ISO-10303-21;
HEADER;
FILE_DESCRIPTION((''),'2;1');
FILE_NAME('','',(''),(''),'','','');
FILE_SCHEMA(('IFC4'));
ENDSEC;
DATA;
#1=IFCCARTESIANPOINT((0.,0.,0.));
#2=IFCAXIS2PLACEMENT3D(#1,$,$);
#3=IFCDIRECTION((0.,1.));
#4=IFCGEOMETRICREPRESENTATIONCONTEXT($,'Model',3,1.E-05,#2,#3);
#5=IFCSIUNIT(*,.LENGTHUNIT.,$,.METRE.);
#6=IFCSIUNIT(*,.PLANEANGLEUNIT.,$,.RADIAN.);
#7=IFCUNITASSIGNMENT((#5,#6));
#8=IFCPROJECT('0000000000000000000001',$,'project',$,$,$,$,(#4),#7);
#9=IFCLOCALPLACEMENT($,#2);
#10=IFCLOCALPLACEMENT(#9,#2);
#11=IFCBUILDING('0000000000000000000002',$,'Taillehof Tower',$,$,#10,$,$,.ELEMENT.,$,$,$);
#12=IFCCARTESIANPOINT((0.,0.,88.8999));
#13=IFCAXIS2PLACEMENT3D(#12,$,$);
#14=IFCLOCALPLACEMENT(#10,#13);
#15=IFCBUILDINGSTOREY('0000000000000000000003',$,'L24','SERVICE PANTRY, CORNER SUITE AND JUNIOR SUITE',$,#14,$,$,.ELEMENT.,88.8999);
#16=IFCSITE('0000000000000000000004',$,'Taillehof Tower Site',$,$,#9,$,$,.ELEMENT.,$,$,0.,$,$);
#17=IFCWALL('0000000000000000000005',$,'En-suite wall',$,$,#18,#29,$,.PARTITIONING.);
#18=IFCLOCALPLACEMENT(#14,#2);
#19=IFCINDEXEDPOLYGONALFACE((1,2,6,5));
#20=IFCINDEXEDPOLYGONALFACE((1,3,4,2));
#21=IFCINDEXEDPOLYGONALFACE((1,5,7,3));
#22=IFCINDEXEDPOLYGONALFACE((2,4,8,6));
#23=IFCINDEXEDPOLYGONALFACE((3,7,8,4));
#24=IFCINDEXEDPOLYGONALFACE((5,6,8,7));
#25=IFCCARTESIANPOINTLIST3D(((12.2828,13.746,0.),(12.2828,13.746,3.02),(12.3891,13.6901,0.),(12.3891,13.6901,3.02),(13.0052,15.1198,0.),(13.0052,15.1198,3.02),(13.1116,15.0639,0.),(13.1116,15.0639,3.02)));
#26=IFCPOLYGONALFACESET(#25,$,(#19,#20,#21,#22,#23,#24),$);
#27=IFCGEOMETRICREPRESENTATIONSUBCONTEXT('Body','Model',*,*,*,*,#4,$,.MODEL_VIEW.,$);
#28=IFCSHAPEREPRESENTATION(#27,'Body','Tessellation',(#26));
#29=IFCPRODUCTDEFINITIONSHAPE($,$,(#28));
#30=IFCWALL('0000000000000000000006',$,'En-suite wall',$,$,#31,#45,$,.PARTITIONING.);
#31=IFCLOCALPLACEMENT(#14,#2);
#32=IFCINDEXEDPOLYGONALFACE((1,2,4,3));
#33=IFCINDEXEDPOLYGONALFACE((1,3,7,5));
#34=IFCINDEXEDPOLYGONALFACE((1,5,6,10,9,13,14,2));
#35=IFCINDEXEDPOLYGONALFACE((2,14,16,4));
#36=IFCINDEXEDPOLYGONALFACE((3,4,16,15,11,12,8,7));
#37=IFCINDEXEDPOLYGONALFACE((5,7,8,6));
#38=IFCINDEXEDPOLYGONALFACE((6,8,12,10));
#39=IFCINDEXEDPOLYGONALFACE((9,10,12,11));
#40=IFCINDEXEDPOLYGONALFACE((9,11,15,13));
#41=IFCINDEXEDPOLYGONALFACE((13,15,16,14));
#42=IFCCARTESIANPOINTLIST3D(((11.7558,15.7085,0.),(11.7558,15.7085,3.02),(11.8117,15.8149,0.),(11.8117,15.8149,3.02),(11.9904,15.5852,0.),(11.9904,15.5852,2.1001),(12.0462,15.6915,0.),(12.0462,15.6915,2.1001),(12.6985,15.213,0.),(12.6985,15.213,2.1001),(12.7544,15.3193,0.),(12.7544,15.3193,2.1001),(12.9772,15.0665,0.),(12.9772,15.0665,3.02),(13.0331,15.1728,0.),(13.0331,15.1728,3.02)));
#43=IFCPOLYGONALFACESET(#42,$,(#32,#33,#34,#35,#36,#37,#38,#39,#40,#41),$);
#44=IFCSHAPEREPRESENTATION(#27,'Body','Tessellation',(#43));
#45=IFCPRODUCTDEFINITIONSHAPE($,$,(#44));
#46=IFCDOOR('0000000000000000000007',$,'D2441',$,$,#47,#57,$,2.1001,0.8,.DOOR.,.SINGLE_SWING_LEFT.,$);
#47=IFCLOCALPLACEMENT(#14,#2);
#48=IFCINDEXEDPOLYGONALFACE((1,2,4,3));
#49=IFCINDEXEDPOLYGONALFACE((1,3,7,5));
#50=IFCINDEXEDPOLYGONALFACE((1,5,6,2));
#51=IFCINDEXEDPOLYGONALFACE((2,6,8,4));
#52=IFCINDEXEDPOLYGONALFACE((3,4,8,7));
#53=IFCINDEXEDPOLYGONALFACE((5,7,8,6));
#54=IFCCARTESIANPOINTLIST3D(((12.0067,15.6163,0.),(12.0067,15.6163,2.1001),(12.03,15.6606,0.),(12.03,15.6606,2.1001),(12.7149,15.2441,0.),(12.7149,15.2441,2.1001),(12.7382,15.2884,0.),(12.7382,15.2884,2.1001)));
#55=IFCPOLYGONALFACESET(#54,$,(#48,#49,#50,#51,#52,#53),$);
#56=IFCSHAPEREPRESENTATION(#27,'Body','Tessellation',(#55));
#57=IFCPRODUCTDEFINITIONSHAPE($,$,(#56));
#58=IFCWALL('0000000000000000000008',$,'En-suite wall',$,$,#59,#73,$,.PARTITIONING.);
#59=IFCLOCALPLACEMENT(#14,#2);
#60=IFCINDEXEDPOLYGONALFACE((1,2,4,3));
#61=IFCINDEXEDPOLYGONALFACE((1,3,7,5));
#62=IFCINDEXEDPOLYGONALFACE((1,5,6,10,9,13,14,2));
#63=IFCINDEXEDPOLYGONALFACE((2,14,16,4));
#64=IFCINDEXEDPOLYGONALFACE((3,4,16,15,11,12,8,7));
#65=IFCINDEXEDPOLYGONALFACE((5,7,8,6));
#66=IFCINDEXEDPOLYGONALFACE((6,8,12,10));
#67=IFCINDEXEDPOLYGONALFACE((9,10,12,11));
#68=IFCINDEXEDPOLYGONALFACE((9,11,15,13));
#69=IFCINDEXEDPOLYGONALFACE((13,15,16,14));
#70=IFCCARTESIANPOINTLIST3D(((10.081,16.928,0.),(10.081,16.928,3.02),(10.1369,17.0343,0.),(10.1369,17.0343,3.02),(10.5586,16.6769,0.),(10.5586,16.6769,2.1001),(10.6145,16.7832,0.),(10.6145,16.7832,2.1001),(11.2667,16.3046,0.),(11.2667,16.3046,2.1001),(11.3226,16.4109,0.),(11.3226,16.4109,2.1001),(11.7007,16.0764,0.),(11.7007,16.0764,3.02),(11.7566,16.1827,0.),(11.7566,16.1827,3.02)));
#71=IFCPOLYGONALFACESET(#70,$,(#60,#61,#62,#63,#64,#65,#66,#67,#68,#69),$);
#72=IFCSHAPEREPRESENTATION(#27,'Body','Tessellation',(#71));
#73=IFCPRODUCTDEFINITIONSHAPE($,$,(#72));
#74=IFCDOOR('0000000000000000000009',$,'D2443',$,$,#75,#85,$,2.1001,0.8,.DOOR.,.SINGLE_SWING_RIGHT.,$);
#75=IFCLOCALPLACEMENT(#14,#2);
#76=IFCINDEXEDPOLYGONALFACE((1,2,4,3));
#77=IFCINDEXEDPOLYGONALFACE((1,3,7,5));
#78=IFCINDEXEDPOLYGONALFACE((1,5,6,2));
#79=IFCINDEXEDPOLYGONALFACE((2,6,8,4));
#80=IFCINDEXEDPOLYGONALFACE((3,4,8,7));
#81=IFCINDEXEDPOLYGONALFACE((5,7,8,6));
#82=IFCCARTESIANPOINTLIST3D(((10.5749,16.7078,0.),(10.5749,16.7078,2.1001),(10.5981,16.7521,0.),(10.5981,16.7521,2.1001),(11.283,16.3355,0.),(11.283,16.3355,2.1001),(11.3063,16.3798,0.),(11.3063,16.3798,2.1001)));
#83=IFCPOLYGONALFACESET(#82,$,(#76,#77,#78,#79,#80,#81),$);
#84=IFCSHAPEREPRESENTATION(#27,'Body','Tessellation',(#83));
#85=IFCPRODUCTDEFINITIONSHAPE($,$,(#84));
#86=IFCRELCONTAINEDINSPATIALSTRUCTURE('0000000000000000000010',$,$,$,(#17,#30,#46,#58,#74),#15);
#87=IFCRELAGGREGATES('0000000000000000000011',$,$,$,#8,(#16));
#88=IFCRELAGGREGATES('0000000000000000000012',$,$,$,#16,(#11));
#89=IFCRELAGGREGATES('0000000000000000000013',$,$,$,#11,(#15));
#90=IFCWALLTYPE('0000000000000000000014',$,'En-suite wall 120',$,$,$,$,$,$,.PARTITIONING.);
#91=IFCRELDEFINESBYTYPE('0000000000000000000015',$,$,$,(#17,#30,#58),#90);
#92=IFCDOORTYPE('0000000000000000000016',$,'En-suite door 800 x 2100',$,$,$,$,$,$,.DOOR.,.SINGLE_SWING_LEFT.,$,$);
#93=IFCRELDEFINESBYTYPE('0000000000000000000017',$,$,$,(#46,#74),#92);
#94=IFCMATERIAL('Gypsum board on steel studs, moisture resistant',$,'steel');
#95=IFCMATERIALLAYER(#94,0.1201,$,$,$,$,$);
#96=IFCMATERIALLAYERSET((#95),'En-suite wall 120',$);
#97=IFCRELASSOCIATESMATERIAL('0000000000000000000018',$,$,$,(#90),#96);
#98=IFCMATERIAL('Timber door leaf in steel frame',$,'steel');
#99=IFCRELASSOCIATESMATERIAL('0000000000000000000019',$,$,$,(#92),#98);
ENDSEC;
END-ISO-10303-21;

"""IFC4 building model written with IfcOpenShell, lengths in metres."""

from ifc_helpers import new_model, si_unit, direction, frame, frame_2d, origin, place, context, subcontext, project, spatial, rectangle, extrude, material, layer, layer_set, type_object, element, fill, save


model = new_model("IFC4")

# Units and contexts
model_context = context("Model", 3, precision=1e-05, world=origin(), true_north=direction((0.0, 1.0)))
body_context = subcontext(model_context, "Body", "Model", "MODEL_VIEW")
ifc_project = project(units=[si_unit("LENGTHUNIT", "METRE"), si_unit("PLANEANGLEUNIT", "RADIAN")], contexts=[model_context])

# Site, building, storey
site_placement = place(None, origin())
site = spatial("IfcSite", under=ifc_project, at=site_placement, Name="Taillehof Tower Site", CompositionType="ELEMENT", RefElevation=0.0)
building_placement = place(site_placement, origin())
building = spatial("IfcBuilding", under=site, at=building_placement, Name="Taillehof Tower", CompositionType="ELEMENT")
storey_placement = place(building_placement, frame((0.0, 0.0, 88.8999)))
storey = spatial("IfcBuildingStorey", under=building, at=storey_placement, Name="L24", Description="SERVICE PANTRY, CORNER SUITE AND JUNIOR SUITE", CompositionType="ELEMENT", Elevation=88.8999)

# Wall
ifc_material_1 = material(Name="Gypsum board on steel studs, moisture resistant", Category="steel")
ifc_layer_1 = layer(ifc_material_1, 0.1201)
ifc_layer_set_1 = layer_set([ifc_layer_1], Name="En-suite wall 120")
wall_type_1 = type_object("IfcWallType", Name="En-suite wall 120", PredefinedType="PARTITIONING", material=ifc_layer_set_1)
wall_1_placement = place(storey_placement, frame((12.3359, 13.718, 0.0), z_axis=(0.0, 0.0, 1.0), x_axis=(0.465429, 0.885085, 0.0)))
element("IfcWall", 1, at=wall_1_placement, inside=storey, type_object=wall_type_1, Name="En-suite wall", PredefinedType="PARTITIONING", context=body_context, shape_type="SweptSolid", body=[
    extrude(rectangle(XDim=1.5522, YDim=0.1201, at=frame_2d((0.7761, 0.0))), origin(), (0.0, 0.0, 1.0), 3.02),
])

# Walls, openings, doors
wall_2_placement = place(storey_placement, frame((13.0051, 15.1196, 0.0), z_axis=(0.0, 0.0, 1.0), x_axis=(-0.885148, 0.465309, 0.0)))
wall_2 = element("IfcWall", 2, at=wall_2_placement, inside=storey, type_object=wall_type_1, Name="En-suite wall", PredefinedType="PARTITIONING", context=body_context, shape_type="SweptSolid", body=[
    extrude(rectangle(XDim=1.3799, YDim=0.1201, at=frame_2d((0.6899, 0.0))), origin(), (0.0, 0.0, 1.0), 3.02),
])
opening_1_placement = place(wall_2_placement, frame((0.3149, 0.0, 0.0)))
opening_1 = element("IfcOpeningElement", 3, at=opening_1_placement, cuts=wall_2, PredefinedType="OPENING", context=body_context, shape_type="SweptSolid", body=[
    extrude(rectangle(XDim=0.8, YDim=2.1001, at=frame_2d((0.3999, 1.05))), frame((0.0, 0.0701, 0.0), z_axis=(0.0, -1.0, 0.0), x_axis=(1.0, 0.0, 0.0)), (0.0, 0.0, 1.0), 0.1401),
])
ifc_material_2 = material(Name="Timber door leaf in steel frame", Category="steel")
door_type_1 = type_object("IfcDoorType", Name="En-suite door 800 x 2100", OperationType="SINGLE_SWING_LEFT", PredefinedType="DOOR", material=ifc_material_2)
door_1_placement = place(opening_1_placement, origin())
door_1 = element("IfcDoor", 4, at=door_1_placement, inside=storey, type_object=door_type_1, Name="D2441", OperationType="SINGLE_SWING_LEFT", OverallHeight=2.1001, OverallWidth=0.8, PredefinedType="DOOR", context=body_context, shape_type="SweptSolid", body=[
    extrude(rectangle(XDim=0.8, YDim=2.1001, at=frame_2d((0.3999, 1.05))), frame((0.0, 0.0249, 0.0), z_axis=(0.0, -1.0, 0.0), x_axis=(1.0, 0.0, 0.0)), (0.0, 0.0, 1.0), 0.05),
])
fill(opening_1, door_1)
wall_3_placement = place(storey_placement, frame((10.1089, 16.9812, 0.0), z_axis=(0.0, 0.0, 1.0), x_axis=(0.885115, -0.465372, 0.0)))
wall_3 = element("IfcWall", 5, at=wall_3_placement, inside=storey, type_object=wall_type_1, Name="En-suite wall", PredefinedType="PARTITIONING", context=body_context, shape_type="SweptSolid", body=[
    extrude(rectangle(XDim=1.8298, YDim=0.1201, at=frame_2d((0.915, 0.0))), origin(), (0.0, 0.0, 1.0), 3.02),
])
opening_2_placement = place(wall_3_placement, frame((0.5398, 0.0, 0.0)))
opening_2 = element("IfcOpeningElement", 6, at=opening_2_placement, cuts=wall_3, PredefinedType="OPENING", context=body_context, shape_type="SweptSolid", body=[
    extrude(rectangle(XDim=0.8, YDim=2.1001, at=frame_2d((0.3999, 1.05))), frame((0.0, 0.0701, 0.0), z_axis=(0.0, -1.0, 0.0), x_axis=(1.0, 0.0, 0.0)), (0.0, 0.0, 1.0), 0.1401),
])
door_2_placement = place(opening_2_placement, origin())
door_2 = element("IfcDoor", 7, at=door_2_placement, inside=storey, type_object=door_type_1, Name="D2443", OperationType="SINGLE_SWING_RIGHT", OverallHeight=2.1001, OverallWidth=0.8, PredefinedType="DOOR", context=body_context, shape_type="SweptSolid", body=[
    extrude(rectangle(XDim=0.8, YDim=2.1001, at=frame_2d((0.3999, 1.05))), frame((0.0, 0.0249, 0.0), z_axis=(0.0, -1.0, 0.0), x_axis=(1.0, 0.0, 0.0)), (0.0, 0.0, 1.0), 0.05),
])
fill(opening_2, door_2)

save(model, "model.ifc")
